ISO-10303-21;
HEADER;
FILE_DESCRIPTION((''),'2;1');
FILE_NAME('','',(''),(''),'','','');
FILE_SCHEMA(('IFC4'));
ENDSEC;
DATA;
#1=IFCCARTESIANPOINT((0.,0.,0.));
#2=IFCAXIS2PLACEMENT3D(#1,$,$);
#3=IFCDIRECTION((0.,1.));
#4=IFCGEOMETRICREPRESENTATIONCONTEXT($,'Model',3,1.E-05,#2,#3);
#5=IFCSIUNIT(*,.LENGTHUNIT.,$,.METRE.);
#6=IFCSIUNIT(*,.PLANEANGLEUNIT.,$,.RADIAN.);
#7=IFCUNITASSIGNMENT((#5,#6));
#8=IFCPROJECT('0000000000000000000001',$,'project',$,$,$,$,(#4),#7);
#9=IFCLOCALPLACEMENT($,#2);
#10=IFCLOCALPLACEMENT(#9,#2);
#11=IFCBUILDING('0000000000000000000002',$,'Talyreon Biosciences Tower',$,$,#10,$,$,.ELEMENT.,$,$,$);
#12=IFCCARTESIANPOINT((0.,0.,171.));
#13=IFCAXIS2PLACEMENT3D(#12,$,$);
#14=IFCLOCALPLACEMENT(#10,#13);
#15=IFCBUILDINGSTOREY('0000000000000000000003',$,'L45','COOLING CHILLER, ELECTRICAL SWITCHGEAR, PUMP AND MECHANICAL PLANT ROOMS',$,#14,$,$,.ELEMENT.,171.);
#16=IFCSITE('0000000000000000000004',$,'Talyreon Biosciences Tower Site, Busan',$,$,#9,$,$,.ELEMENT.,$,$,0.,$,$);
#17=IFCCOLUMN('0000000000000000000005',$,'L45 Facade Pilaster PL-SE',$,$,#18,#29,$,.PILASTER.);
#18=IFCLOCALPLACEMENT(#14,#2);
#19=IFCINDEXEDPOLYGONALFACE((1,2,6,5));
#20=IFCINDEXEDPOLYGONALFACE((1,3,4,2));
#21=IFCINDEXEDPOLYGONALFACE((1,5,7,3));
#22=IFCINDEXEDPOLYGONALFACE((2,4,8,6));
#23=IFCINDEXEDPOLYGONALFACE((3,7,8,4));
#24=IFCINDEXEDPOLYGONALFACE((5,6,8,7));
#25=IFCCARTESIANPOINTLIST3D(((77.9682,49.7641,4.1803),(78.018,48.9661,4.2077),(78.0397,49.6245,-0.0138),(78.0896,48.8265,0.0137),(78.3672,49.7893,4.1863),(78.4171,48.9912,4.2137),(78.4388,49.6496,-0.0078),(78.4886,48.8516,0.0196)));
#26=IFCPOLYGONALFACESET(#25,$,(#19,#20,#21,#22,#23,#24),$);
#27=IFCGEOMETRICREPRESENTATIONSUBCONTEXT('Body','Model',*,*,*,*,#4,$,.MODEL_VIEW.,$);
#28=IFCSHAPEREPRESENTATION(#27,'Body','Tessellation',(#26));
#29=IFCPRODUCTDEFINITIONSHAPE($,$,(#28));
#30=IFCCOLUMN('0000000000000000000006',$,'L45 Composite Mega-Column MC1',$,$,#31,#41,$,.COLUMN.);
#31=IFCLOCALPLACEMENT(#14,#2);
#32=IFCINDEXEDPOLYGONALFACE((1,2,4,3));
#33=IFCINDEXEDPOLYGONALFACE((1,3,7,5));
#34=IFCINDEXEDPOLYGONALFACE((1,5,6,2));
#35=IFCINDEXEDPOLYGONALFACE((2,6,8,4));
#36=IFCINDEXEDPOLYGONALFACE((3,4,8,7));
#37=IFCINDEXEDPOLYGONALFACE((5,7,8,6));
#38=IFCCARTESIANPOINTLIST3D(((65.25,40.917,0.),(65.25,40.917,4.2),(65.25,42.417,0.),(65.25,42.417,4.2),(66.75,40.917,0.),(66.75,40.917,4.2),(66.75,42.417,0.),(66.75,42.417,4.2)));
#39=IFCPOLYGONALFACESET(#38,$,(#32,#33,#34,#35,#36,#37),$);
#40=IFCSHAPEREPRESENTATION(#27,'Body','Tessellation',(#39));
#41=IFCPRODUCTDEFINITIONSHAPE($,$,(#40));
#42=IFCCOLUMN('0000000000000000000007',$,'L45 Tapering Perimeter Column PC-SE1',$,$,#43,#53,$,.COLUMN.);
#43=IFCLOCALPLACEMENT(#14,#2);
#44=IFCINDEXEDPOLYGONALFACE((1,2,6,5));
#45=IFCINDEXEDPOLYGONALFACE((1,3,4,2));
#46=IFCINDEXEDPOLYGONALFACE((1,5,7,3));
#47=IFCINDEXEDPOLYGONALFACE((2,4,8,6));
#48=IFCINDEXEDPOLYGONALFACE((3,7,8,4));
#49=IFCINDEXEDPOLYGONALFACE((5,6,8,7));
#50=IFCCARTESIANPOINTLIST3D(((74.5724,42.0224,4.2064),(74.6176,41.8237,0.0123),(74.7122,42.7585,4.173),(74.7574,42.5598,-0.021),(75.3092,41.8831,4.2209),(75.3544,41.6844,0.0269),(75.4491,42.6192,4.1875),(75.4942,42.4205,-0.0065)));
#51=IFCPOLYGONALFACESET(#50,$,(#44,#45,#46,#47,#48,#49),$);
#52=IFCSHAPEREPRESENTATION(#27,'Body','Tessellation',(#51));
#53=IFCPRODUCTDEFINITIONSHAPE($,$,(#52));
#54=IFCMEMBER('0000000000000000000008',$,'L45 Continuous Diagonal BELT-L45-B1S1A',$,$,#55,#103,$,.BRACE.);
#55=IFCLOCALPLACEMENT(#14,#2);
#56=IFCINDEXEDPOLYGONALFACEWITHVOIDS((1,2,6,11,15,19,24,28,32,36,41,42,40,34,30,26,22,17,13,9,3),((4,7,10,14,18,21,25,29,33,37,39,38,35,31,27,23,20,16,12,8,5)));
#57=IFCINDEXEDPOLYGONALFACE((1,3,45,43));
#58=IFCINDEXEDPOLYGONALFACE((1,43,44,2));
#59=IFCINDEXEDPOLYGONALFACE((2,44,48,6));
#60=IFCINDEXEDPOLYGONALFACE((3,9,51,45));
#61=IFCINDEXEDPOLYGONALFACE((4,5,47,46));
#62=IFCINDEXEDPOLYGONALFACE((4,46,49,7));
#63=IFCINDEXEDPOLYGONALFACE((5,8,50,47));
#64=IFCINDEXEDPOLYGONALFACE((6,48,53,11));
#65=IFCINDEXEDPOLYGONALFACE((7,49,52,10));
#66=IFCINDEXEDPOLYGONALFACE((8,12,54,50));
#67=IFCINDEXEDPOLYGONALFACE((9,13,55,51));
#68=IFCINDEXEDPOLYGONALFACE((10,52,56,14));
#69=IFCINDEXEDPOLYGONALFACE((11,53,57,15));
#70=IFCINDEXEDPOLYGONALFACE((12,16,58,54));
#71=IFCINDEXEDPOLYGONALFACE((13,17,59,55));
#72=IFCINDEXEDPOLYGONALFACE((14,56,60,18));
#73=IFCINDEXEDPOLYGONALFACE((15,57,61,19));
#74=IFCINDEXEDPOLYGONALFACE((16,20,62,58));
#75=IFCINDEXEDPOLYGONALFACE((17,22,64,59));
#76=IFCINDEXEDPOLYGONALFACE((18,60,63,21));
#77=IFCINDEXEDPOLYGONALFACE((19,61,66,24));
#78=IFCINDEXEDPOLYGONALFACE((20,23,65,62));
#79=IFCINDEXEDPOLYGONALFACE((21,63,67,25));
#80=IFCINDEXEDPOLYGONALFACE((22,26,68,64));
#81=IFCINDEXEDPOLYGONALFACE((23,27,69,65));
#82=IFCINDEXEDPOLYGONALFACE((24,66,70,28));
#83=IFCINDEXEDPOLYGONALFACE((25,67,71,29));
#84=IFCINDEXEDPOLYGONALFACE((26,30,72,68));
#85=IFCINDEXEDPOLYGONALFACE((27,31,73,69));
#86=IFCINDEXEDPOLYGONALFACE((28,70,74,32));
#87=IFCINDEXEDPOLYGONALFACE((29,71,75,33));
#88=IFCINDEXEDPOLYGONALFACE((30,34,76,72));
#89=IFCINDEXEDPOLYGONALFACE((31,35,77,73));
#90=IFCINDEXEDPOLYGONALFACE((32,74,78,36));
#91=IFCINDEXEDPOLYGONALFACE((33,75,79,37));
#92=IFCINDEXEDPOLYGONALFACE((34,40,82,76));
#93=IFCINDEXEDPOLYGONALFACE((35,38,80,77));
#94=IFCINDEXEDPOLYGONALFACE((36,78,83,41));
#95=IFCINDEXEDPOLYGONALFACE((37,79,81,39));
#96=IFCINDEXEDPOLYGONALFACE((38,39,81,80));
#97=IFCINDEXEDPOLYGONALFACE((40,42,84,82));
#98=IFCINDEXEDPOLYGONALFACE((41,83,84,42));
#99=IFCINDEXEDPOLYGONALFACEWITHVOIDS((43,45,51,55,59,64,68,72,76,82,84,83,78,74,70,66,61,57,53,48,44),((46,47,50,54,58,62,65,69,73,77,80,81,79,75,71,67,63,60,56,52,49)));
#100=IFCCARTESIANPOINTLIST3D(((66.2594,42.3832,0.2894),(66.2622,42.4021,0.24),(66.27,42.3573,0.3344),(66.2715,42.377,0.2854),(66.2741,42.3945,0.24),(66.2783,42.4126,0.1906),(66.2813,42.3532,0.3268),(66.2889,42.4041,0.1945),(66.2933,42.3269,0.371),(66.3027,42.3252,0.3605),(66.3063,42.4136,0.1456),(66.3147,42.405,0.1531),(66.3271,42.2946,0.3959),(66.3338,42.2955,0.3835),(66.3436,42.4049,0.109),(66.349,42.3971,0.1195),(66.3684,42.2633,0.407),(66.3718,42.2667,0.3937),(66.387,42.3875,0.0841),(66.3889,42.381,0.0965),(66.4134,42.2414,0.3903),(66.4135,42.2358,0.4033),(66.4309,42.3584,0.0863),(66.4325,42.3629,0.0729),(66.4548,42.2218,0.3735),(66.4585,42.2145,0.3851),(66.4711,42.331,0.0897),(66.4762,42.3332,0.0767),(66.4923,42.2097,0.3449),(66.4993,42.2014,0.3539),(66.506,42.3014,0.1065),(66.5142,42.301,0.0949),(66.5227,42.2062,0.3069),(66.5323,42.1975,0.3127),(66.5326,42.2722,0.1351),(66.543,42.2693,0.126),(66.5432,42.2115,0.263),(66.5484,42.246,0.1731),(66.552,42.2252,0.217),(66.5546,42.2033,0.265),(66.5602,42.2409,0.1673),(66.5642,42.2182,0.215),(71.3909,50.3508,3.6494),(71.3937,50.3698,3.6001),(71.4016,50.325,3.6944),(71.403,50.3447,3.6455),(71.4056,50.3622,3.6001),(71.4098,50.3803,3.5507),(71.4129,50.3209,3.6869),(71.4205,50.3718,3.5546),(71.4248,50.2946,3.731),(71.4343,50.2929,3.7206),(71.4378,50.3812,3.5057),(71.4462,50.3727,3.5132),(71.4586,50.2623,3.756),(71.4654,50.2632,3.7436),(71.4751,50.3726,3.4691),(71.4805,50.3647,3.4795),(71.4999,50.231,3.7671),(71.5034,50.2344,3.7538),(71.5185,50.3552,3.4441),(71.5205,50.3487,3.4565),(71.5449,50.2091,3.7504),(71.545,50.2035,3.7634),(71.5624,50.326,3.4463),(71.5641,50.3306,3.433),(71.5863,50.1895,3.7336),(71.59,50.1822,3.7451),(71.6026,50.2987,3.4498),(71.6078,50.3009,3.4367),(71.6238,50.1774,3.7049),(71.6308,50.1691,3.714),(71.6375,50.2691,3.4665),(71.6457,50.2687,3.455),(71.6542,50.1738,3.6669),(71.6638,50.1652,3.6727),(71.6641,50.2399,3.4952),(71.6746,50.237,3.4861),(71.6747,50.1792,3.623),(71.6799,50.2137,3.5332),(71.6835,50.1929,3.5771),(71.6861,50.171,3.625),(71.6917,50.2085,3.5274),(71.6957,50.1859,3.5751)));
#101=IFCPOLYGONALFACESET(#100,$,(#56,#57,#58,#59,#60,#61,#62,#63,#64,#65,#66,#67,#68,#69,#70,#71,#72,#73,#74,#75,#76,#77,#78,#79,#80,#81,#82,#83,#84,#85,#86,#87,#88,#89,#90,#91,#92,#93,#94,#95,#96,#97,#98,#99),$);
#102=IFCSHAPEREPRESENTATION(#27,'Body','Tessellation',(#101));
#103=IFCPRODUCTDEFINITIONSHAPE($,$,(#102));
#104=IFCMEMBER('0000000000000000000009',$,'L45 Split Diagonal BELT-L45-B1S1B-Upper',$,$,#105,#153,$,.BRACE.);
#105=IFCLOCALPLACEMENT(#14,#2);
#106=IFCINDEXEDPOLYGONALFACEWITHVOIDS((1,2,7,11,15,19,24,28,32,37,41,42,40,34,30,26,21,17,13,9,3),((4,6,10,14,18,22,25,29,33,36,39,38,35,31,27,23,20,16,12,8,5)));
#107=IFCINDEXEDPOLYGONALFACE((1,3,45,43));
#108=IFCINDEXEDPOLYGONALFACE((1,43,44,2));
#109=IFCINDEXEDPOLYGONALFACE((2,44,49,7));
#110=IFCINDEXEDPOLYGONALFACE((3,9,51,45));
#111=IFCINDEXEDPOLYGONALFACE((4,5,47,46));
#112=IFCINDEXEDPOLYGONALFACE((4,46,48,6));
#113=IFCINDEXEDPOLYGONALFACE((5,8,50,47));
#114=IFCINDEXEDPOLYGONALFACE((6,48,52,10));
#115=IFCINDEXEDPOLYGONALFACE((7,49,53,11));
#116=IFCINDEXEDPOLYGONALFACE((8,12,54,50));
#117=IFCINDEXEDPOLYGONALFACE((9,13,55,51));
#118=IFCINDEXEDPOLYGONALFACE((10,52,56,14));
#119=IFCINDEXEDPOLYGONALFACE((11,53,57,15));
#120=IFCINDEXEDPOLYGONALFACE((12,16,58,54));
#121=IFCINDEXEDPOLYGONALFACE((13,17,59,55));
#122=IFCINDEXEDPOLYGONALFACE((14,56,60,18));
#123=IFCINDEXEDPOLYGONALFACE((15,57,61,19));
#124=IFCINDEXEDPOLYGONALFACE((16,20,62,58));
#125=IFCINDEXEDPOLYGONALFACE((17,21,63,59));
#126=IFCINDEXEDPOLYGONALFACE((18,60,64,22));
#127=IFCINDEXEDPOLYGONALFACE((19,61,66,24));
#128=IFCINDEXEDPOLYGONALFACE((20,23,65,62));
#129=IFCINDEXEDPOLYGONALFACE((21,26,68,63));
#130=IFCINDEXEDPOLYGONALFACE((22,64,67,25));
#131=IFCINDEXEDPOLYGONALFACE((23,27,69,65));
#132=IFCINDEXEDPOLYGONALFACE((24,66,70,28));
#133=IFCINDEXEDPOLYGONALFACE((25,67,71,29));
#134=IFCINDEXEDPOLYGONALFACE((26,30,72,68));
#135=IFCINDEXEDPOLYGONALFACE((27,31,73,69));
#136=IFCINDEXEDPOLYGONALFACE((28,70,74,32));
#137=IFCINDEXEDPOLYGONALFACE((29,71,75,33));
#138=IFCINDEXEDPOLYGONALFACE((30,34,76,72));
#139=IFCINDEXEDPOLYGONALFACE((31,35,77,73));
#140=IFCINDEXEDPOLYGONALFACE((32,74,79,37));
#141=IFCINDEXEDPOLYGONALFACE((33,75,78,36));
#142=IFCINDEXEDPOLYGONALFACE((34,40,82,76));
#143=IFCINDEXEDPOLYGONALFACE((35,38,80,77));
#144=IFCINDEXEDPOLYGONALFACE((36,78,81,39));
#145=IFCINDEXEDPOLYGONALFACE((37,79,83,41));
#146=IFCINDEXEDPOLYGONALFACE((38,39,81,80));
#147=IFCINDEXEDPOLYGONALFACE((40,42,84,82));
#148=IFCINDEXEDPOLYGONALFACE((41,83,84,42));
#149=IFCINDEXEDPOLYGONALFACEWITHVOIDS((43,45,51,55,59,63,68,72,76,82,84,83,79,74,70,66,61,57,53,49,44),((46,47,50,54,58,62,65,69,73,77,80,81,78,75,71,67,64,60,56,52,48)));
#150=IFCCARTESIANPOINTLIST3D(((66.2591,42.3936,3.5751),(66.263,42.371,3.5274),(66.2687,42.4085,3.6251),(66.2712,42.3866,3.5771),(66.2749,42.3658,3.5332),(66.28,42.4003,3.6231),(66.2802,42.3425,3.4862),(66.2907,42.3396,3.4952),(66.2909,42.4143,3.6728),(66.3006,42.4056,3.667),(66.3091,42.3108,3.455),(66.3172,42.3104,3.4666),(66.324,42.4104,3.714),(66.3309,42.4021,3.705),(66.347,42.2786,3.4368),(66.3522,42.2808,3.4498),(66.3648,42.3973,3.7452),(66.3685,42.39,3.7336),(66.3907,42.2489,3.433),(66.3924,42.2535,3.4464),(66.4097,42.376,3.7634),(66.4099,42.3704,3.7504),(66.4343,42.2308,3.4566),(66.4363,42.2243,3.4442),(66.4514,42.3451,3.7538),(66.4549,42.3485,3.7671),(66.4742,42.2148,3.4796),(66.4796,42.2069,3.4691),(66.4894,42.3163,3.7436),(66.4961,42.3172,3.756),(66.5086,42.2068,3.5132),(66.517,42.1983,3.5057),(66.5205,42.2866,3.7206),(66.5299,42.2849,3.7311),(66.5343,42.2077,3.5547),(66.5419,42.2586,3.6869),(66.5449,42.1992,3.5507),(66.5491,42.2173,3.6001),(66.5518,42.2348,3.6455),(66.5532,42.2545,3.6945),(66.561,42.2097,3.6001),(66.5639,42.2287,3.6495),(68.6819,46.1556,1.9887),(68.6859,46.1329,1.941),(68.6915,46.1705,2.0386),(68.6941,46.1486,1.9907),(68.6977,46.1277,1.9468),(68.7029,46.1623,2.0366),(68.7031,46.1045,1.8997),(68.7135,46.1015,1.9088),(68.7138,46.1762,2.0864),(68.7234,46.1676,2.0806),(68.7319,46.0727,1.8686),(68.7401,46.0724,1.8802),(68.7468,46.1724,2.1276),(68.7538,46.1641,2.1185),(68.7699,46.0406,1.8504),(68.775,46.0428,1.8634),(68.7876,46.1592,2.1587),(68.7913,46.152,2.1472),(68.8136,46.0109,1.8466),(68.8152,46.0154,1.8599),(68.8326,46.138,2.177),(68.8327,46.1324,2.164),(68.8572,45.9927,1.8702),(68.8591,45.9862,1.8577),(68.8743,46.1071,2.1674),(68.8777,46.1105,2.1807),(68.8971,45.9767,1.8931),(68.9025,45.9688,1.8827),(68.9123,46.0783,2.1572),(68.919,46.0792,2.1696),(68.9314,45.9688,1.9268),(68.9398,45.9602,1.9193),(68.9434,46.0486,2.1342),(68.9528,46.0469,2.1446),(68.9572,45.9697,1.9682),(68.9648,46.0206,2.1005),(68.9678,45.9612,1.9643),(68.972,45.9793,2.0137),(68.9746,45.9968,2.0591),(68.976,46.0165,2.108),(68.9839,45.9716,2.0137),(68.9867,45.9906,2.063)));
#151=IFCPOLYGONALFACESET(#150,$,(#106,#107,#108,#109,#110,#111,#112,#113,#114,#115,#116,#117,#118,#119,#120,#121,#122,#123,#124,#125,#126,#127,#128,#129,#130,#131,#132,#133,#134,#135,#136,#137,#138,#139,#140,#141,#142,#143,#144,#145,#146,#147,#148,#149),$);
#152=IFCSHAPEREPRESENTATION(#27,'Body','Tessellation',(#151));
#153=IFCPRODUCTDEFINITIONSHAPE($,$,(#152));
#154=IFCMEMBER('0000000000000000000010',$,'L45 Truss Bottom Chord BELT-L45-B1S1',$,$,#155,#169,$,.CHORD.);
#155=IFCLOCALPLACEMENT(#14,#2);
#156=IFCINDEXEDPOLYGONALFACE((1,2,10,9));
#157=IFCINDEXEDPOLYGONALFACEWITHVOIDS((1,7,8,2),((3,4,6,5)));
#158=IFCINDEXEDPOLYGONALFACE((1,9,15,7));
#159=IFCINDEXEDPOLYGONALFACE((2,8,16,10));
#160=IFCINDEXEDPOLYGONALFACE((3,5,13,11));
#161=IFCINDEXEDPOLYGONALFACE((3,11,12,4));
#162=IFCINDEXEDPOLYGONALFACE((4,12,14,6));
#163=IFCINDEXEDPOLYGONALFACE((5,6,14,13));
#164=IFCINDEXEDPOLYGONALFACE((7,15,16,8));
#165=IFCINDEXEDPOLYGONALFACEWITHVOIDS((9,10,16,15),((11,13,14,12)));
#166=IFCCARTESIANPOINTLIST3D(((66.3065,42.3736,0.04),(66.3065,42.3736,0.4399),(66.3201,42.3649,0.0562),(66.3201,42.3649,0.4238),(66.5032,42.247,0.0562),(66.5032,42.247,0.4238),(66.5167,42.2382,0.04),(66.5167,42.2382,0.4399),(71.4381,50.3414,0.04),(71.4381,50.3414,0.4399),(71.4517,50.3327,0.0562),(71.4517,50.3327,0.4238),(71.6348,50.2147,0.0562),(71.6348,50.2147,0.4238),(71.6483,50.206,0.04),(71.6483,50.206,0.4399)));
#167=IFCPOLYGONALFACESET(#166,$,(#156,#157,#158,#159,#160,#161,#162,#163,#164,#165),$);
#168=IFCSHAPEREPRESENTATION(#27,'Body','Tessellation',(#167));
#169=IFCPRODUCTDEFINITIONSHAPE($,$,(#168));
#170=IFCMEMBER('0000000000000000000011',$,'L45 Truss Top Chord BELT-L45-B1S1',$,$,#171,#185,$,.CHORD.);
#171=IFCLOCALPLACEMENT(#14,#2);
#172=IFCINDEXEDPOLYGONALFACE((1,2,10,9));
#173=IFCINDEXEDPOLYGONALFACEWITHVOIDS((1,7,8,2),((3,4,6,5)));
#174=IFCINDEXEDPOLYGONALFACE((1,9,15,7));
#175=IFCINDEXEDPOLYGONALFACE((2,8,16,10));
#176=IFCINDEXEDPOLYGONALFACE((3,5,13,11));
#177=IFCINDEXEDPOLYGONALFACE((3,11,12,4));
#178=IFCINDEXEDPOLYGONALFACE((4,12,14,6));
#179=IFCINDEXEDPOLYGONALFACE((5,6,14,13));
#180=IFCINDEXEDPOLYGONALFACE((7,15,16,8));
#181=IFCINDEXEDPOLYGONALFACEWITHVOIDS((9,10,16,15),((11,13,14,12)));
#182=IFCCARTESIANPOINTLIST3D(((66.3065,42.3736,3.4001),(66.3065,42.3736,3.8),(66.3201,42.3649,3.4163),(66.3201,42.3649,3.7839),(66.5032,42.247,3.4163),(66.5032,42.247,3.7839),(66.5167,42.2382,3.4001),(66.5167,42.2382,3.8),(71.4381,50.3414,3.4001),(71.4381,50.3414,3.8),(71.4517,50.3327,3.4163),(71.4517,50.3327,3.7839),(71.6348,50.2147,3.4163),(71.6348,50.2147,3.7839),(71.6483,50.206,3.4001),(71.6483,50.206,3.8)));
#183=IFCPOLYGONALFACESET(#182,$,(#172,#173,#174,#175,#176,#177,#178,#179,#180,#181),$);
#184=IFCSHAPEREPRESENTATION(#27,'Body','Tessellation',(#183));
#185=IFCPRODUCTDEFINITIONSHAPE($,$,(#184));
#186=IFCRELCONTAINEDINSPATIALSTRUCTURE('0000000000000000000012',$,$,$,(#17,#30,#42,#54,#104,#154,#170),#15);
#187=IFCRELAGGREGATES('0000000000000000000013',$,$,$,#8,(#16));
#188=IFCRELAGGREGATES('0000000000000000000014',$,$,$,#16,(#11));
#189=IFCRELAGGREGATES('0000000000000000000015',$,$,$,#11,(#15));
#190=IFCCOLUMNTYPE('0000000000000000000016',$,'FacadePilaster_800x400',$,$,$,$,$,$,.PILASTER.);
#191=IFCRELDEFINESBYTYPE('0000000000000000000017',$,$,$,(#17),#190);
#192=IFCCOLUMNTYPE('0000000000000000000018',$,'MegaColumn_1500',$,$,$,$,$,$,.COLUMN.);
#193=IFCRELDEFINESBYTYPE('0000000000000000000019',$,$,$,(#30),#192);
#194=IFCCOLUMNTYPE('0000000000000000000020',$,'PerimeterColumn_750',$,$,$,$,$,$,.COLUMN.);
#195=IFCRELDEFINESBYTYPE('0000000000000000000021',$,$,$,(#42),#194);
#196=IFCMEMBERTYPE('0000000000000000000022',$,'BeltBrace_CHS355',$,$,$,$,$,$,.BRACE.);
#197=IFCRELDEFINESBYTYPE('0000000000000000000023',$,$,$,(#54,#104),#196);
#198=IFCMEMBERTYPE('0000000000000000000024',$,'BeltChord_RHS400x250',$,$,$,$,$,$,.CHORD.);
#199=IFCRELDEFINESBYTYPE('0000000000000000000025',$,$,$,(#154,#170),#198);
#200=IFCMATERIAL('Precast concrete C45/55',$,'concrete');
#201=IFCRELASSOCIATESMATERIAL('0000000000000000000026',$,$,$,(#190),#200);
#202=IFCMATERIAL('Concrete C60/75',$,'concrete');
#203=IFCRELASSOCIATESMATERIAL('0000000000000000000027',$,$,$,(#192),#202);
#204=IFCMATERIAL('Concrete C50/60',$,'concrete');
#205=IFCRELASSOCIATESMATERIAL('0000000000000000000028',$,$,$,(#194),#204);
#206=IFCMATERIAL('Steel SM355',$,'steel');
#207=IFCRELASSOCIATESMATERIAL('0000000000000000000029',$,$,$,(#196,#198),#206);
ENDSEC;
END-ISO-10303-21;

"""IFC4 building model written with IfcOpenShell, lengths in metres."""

from ifc_helpers import new_model, si_unit, direction, frame, origin, origin_2d, place, context, subcontext, project, spatial, rectangle, hollow_rectangle, hollow_circle, extrude, material, material_profile, profile_set, type_object, element, save


model = new_model("IFC4")

# Units and contexts
model_context = context("Model", 3, precision=1e-05, world=origin(), true_north=direction((0.0, 1.0)))
body_context = subcontext(model_context, "Body", "Model", "MODEL_VIEW")
ifc_project = project(units=[si_unit("LENGTHUNIT", "METRE"), si_unit("PLANEANGLEUNIT", "RADIAN")], contexts=[model_context])

# Site, building, storey
site_placement = place(None, origin())
site = spatial("IfcSite", under=ifc_project, at=site_placement, Name="Talyreon Biosciences Tower Site, Busan", CompositionType="ELEMENT", RefElevation=0.0)
building_placement = place(site_placement, origin())
building = spatial("IfcBuilding", under=site, at=building_placement, Name="Talyreon Biosciences Tower", CompositionType="ELEMENT")
storey_placement = place(building_placement, frame((0.0, 0.0, 171.0)))
storey = spatial("IfcBuildingStorey", under=building, at=storey_placement, Name="L45", Description="COOLING CHILLER, ELECTRICAL SWITCHGEAR, PUMP AND MECHANICAL PLANT ROOMS", CompositionType="ELEMENT", Elevation=171.0)

# Columns
ifc_material_1 = material(Name="Precast concrete C45/55", Category="concrete")
ifc_material_profile_1 = material_profile(ifc_material_1, rectangle(XDim=0.8, YDim=0.3999, at=origin_2d()), Name="RC 800x400")
ifc_profile_set_1 = profile_set([ifc_material_profile_1], Name="Precast concrete C45/55")
column_type_1 = type_object("IfcColumnType", Name="FacadePilaster_800x400", PredefinedType="PILASTER", material=ifc_profile_set_1)
column_1_placement = place(storey_placement, frame((78.2642, 49.238, 0.0029), z_axis=(-0.017044, 0.033273, 0.999301), x_axis=(0.062311, -0.997468, 0.034275)))
element("IfcColumn", 1, at=column_1_placement, inside=storey, type_object=column_type_1, Name="L45 Facade Pilaster PL-SE", PredefinedType="PILASTER", context=body_context, shape_type="SweptSolid", body=[
    extrude(rectangle(XDim=0.8, YDim=0.3999, at=origin_2d()), origin(), (0.0, 0.0, 1.0), 4.197),
])
ifc_material_2 = material(Name="Concrete C60/75", Category="concrete")
ifc_material_profile_2 = material_profile(ifc_material_2, rectangle(XDim=1.5, YDim=1.5, at=origin_2d()), Name="RC 1500x1500")
ifc_profile_set_2 = profile_set([ifc_material_profile_2], Name="Concrete C60/75")
column_type_2 = type_object("IfcColumnType", Name="MegaColumn_1500", PredefinedType="COLUMN", material=ifc_profile_set_2)
column_2_placement = place(storey_placement, frame((66.0, 41.667, 0.0), z_axis=(0.0, 0.0, 1.0), x_axis=(1.0, 0.0, 0.0)))
element("IfcColumn", 2, at=column_2_placement, inside=storey, type_object=column_type_2, Name="L45 Composite Mega-Column MC1", PredefinedType="COLUMN", context=body_context, shape_type="SweptSolid", body=[
    extrude(rectangle(XDim=1.5, YDim=1.5, at=origin_2d()), origin(), (0.0, 0.0, 1.0), 4.2),
])
ifc_material_3 = material(Name="Concrete C50/60", Category="concrete")
ifc_material_profile_3 = material_profile(ifc_material_3, rectangle(XDim=0.75, YDim=0.75, at=origin_2d()), Name="RC 750x750")
ifc_profile_set_3 = profile_set([ifc_material_profile_3], Name="Concrete C50/60")
column_type_3 = type_object("IfcColumnType", Name="PerimeterColumn_750", PredefinedType="COLUMN", material=ifc_profile_set_3)
column_3_placement = place(storey_placement, frame((75.0559, 42.1221, 0.0029), z_axis=(-0.010756, 0.047328, 0.998822), x_axis=(-0.186416, -0.981463, 0.044498)))
element("IfcColumn", 3, at=column_3_placement, inside=storey, type_object=column_type_3, Name="L45 Tapering Perimeter Column PC-SE1", PredefinedType="COLUMN", context=body_context, shape_type="SweptSolid", body=[
    extrude(rectangle(XDim=0.75, YDim=0.75, at=origin_2d()), origin(), (0.0, 0.0, 1.0), 4.199),
])

# Members
ifc_material_4 = material(Name="Steel SM355", Category="steel")
ifc_material_profile_4 = material_profile(ifc_material_4, hollow_circle(Radius=0.1777, WallThickness=0.0142, at=origin_2d()), Name="CHS 355.6x14.2")
ifc_profile_set_4 = profile_set([ifc_material_profile_4], Name="Steel SM355")
member_type_1 = type_object("IfcMemberType", Name="BeltBrace_CHS355", PredefinedType="BRACE", material=ifc_profile_set_4)
member_1_placement = place(storey_placement, frame((66.4116, 42.3059, 0.24), z_axis=(0.510337, 0.792396, 0.334163), x_axis=(-0.840725, 0.541463, 0.0)))
element("IfcMember", 4, at=member_1_placement, inside=storey, type_object=member_type_1, Name="L45 Continuous Diagonal BELT-L45-B1S1A", PredefinedType="BRACE", context=body_context, shape_type="SweptSolid", body=[
    extrude(hollow_circle(Radius=0.1777, WallThickness=0.0142, at=origin_2d()), origin(), (0.0, 0.0, 1.0), 10.0552),
])
member_2_placement = place(storey_placement, frame((68.8345, 46.0679, 2.0137), z_axis=(-0.510336, -0.792399, 0.334156), x_axis=(0.840726, -0.541461, 0.0)))
element("IfcMember", 5, at=member_2_placement, inside=storey, type_object=member_type_1, Name="L45 Split Diagonal BELT-L45-B1S1B-Upper", PredefinedType="BRACE", context=body_context, shape_type="SweptSolid", body=[
    extrude(hollow_circle(Radius=0.1777, WallThickness=0.0142, at=origin_2d()), origin(), (0.0, 0.0, 1.0), 4.7476),
])
ifc_material_profile_5 = material_profile(ifc_material_4, hollow_rectangle(XDim=0.25, YDim=0.3999, WallThickness=0.0161, at=origin_2d()), Name="RHS 400x250x16")
ifc_profile_set_5 = profile_set([ifc_material_profile_5], Name="Steel SM355")
member_type_2 = type_object("IfcMemberType", Name="BeltChord_RHS400x250", PredefinedType="CHORD", material=ifc_profile_set_5)
for number, where, z_axis, x_axis, name in (
    (6, (66.4116, 42.3059, 0.24), (0.541463, 0.840725, 0.0), (-0.840725, 0.541463, 0.0), "L45 Truss Bottom Chord BELT-L45-B1S1"),
    (7, (66.4116, 42.3059, 3.6001), (0.541463, 0.840725, 0.0), (-0.840725, 0.541463, 0.0), "L45 Truss Top Chord BELT-L45-B1S1"),
):
    element("IfcMember", number, at=place(storey_placement, frame(where, z_axis=z_axis, x_axis=x_axis)), inside=storey, type_object=member_type_2, Name=name, PredefinedType="CHORD", context=body_context, shape_type="SweptSolid", body=[
        extrude(hollow_rectangle(XDim=0.25, YDim=0.3999, WallThickness=0.0161, at=origin_2d()), origin(), (0.0, 0.0, 1.0), 9.4773),
    ])

save(model, "model.ifc")
